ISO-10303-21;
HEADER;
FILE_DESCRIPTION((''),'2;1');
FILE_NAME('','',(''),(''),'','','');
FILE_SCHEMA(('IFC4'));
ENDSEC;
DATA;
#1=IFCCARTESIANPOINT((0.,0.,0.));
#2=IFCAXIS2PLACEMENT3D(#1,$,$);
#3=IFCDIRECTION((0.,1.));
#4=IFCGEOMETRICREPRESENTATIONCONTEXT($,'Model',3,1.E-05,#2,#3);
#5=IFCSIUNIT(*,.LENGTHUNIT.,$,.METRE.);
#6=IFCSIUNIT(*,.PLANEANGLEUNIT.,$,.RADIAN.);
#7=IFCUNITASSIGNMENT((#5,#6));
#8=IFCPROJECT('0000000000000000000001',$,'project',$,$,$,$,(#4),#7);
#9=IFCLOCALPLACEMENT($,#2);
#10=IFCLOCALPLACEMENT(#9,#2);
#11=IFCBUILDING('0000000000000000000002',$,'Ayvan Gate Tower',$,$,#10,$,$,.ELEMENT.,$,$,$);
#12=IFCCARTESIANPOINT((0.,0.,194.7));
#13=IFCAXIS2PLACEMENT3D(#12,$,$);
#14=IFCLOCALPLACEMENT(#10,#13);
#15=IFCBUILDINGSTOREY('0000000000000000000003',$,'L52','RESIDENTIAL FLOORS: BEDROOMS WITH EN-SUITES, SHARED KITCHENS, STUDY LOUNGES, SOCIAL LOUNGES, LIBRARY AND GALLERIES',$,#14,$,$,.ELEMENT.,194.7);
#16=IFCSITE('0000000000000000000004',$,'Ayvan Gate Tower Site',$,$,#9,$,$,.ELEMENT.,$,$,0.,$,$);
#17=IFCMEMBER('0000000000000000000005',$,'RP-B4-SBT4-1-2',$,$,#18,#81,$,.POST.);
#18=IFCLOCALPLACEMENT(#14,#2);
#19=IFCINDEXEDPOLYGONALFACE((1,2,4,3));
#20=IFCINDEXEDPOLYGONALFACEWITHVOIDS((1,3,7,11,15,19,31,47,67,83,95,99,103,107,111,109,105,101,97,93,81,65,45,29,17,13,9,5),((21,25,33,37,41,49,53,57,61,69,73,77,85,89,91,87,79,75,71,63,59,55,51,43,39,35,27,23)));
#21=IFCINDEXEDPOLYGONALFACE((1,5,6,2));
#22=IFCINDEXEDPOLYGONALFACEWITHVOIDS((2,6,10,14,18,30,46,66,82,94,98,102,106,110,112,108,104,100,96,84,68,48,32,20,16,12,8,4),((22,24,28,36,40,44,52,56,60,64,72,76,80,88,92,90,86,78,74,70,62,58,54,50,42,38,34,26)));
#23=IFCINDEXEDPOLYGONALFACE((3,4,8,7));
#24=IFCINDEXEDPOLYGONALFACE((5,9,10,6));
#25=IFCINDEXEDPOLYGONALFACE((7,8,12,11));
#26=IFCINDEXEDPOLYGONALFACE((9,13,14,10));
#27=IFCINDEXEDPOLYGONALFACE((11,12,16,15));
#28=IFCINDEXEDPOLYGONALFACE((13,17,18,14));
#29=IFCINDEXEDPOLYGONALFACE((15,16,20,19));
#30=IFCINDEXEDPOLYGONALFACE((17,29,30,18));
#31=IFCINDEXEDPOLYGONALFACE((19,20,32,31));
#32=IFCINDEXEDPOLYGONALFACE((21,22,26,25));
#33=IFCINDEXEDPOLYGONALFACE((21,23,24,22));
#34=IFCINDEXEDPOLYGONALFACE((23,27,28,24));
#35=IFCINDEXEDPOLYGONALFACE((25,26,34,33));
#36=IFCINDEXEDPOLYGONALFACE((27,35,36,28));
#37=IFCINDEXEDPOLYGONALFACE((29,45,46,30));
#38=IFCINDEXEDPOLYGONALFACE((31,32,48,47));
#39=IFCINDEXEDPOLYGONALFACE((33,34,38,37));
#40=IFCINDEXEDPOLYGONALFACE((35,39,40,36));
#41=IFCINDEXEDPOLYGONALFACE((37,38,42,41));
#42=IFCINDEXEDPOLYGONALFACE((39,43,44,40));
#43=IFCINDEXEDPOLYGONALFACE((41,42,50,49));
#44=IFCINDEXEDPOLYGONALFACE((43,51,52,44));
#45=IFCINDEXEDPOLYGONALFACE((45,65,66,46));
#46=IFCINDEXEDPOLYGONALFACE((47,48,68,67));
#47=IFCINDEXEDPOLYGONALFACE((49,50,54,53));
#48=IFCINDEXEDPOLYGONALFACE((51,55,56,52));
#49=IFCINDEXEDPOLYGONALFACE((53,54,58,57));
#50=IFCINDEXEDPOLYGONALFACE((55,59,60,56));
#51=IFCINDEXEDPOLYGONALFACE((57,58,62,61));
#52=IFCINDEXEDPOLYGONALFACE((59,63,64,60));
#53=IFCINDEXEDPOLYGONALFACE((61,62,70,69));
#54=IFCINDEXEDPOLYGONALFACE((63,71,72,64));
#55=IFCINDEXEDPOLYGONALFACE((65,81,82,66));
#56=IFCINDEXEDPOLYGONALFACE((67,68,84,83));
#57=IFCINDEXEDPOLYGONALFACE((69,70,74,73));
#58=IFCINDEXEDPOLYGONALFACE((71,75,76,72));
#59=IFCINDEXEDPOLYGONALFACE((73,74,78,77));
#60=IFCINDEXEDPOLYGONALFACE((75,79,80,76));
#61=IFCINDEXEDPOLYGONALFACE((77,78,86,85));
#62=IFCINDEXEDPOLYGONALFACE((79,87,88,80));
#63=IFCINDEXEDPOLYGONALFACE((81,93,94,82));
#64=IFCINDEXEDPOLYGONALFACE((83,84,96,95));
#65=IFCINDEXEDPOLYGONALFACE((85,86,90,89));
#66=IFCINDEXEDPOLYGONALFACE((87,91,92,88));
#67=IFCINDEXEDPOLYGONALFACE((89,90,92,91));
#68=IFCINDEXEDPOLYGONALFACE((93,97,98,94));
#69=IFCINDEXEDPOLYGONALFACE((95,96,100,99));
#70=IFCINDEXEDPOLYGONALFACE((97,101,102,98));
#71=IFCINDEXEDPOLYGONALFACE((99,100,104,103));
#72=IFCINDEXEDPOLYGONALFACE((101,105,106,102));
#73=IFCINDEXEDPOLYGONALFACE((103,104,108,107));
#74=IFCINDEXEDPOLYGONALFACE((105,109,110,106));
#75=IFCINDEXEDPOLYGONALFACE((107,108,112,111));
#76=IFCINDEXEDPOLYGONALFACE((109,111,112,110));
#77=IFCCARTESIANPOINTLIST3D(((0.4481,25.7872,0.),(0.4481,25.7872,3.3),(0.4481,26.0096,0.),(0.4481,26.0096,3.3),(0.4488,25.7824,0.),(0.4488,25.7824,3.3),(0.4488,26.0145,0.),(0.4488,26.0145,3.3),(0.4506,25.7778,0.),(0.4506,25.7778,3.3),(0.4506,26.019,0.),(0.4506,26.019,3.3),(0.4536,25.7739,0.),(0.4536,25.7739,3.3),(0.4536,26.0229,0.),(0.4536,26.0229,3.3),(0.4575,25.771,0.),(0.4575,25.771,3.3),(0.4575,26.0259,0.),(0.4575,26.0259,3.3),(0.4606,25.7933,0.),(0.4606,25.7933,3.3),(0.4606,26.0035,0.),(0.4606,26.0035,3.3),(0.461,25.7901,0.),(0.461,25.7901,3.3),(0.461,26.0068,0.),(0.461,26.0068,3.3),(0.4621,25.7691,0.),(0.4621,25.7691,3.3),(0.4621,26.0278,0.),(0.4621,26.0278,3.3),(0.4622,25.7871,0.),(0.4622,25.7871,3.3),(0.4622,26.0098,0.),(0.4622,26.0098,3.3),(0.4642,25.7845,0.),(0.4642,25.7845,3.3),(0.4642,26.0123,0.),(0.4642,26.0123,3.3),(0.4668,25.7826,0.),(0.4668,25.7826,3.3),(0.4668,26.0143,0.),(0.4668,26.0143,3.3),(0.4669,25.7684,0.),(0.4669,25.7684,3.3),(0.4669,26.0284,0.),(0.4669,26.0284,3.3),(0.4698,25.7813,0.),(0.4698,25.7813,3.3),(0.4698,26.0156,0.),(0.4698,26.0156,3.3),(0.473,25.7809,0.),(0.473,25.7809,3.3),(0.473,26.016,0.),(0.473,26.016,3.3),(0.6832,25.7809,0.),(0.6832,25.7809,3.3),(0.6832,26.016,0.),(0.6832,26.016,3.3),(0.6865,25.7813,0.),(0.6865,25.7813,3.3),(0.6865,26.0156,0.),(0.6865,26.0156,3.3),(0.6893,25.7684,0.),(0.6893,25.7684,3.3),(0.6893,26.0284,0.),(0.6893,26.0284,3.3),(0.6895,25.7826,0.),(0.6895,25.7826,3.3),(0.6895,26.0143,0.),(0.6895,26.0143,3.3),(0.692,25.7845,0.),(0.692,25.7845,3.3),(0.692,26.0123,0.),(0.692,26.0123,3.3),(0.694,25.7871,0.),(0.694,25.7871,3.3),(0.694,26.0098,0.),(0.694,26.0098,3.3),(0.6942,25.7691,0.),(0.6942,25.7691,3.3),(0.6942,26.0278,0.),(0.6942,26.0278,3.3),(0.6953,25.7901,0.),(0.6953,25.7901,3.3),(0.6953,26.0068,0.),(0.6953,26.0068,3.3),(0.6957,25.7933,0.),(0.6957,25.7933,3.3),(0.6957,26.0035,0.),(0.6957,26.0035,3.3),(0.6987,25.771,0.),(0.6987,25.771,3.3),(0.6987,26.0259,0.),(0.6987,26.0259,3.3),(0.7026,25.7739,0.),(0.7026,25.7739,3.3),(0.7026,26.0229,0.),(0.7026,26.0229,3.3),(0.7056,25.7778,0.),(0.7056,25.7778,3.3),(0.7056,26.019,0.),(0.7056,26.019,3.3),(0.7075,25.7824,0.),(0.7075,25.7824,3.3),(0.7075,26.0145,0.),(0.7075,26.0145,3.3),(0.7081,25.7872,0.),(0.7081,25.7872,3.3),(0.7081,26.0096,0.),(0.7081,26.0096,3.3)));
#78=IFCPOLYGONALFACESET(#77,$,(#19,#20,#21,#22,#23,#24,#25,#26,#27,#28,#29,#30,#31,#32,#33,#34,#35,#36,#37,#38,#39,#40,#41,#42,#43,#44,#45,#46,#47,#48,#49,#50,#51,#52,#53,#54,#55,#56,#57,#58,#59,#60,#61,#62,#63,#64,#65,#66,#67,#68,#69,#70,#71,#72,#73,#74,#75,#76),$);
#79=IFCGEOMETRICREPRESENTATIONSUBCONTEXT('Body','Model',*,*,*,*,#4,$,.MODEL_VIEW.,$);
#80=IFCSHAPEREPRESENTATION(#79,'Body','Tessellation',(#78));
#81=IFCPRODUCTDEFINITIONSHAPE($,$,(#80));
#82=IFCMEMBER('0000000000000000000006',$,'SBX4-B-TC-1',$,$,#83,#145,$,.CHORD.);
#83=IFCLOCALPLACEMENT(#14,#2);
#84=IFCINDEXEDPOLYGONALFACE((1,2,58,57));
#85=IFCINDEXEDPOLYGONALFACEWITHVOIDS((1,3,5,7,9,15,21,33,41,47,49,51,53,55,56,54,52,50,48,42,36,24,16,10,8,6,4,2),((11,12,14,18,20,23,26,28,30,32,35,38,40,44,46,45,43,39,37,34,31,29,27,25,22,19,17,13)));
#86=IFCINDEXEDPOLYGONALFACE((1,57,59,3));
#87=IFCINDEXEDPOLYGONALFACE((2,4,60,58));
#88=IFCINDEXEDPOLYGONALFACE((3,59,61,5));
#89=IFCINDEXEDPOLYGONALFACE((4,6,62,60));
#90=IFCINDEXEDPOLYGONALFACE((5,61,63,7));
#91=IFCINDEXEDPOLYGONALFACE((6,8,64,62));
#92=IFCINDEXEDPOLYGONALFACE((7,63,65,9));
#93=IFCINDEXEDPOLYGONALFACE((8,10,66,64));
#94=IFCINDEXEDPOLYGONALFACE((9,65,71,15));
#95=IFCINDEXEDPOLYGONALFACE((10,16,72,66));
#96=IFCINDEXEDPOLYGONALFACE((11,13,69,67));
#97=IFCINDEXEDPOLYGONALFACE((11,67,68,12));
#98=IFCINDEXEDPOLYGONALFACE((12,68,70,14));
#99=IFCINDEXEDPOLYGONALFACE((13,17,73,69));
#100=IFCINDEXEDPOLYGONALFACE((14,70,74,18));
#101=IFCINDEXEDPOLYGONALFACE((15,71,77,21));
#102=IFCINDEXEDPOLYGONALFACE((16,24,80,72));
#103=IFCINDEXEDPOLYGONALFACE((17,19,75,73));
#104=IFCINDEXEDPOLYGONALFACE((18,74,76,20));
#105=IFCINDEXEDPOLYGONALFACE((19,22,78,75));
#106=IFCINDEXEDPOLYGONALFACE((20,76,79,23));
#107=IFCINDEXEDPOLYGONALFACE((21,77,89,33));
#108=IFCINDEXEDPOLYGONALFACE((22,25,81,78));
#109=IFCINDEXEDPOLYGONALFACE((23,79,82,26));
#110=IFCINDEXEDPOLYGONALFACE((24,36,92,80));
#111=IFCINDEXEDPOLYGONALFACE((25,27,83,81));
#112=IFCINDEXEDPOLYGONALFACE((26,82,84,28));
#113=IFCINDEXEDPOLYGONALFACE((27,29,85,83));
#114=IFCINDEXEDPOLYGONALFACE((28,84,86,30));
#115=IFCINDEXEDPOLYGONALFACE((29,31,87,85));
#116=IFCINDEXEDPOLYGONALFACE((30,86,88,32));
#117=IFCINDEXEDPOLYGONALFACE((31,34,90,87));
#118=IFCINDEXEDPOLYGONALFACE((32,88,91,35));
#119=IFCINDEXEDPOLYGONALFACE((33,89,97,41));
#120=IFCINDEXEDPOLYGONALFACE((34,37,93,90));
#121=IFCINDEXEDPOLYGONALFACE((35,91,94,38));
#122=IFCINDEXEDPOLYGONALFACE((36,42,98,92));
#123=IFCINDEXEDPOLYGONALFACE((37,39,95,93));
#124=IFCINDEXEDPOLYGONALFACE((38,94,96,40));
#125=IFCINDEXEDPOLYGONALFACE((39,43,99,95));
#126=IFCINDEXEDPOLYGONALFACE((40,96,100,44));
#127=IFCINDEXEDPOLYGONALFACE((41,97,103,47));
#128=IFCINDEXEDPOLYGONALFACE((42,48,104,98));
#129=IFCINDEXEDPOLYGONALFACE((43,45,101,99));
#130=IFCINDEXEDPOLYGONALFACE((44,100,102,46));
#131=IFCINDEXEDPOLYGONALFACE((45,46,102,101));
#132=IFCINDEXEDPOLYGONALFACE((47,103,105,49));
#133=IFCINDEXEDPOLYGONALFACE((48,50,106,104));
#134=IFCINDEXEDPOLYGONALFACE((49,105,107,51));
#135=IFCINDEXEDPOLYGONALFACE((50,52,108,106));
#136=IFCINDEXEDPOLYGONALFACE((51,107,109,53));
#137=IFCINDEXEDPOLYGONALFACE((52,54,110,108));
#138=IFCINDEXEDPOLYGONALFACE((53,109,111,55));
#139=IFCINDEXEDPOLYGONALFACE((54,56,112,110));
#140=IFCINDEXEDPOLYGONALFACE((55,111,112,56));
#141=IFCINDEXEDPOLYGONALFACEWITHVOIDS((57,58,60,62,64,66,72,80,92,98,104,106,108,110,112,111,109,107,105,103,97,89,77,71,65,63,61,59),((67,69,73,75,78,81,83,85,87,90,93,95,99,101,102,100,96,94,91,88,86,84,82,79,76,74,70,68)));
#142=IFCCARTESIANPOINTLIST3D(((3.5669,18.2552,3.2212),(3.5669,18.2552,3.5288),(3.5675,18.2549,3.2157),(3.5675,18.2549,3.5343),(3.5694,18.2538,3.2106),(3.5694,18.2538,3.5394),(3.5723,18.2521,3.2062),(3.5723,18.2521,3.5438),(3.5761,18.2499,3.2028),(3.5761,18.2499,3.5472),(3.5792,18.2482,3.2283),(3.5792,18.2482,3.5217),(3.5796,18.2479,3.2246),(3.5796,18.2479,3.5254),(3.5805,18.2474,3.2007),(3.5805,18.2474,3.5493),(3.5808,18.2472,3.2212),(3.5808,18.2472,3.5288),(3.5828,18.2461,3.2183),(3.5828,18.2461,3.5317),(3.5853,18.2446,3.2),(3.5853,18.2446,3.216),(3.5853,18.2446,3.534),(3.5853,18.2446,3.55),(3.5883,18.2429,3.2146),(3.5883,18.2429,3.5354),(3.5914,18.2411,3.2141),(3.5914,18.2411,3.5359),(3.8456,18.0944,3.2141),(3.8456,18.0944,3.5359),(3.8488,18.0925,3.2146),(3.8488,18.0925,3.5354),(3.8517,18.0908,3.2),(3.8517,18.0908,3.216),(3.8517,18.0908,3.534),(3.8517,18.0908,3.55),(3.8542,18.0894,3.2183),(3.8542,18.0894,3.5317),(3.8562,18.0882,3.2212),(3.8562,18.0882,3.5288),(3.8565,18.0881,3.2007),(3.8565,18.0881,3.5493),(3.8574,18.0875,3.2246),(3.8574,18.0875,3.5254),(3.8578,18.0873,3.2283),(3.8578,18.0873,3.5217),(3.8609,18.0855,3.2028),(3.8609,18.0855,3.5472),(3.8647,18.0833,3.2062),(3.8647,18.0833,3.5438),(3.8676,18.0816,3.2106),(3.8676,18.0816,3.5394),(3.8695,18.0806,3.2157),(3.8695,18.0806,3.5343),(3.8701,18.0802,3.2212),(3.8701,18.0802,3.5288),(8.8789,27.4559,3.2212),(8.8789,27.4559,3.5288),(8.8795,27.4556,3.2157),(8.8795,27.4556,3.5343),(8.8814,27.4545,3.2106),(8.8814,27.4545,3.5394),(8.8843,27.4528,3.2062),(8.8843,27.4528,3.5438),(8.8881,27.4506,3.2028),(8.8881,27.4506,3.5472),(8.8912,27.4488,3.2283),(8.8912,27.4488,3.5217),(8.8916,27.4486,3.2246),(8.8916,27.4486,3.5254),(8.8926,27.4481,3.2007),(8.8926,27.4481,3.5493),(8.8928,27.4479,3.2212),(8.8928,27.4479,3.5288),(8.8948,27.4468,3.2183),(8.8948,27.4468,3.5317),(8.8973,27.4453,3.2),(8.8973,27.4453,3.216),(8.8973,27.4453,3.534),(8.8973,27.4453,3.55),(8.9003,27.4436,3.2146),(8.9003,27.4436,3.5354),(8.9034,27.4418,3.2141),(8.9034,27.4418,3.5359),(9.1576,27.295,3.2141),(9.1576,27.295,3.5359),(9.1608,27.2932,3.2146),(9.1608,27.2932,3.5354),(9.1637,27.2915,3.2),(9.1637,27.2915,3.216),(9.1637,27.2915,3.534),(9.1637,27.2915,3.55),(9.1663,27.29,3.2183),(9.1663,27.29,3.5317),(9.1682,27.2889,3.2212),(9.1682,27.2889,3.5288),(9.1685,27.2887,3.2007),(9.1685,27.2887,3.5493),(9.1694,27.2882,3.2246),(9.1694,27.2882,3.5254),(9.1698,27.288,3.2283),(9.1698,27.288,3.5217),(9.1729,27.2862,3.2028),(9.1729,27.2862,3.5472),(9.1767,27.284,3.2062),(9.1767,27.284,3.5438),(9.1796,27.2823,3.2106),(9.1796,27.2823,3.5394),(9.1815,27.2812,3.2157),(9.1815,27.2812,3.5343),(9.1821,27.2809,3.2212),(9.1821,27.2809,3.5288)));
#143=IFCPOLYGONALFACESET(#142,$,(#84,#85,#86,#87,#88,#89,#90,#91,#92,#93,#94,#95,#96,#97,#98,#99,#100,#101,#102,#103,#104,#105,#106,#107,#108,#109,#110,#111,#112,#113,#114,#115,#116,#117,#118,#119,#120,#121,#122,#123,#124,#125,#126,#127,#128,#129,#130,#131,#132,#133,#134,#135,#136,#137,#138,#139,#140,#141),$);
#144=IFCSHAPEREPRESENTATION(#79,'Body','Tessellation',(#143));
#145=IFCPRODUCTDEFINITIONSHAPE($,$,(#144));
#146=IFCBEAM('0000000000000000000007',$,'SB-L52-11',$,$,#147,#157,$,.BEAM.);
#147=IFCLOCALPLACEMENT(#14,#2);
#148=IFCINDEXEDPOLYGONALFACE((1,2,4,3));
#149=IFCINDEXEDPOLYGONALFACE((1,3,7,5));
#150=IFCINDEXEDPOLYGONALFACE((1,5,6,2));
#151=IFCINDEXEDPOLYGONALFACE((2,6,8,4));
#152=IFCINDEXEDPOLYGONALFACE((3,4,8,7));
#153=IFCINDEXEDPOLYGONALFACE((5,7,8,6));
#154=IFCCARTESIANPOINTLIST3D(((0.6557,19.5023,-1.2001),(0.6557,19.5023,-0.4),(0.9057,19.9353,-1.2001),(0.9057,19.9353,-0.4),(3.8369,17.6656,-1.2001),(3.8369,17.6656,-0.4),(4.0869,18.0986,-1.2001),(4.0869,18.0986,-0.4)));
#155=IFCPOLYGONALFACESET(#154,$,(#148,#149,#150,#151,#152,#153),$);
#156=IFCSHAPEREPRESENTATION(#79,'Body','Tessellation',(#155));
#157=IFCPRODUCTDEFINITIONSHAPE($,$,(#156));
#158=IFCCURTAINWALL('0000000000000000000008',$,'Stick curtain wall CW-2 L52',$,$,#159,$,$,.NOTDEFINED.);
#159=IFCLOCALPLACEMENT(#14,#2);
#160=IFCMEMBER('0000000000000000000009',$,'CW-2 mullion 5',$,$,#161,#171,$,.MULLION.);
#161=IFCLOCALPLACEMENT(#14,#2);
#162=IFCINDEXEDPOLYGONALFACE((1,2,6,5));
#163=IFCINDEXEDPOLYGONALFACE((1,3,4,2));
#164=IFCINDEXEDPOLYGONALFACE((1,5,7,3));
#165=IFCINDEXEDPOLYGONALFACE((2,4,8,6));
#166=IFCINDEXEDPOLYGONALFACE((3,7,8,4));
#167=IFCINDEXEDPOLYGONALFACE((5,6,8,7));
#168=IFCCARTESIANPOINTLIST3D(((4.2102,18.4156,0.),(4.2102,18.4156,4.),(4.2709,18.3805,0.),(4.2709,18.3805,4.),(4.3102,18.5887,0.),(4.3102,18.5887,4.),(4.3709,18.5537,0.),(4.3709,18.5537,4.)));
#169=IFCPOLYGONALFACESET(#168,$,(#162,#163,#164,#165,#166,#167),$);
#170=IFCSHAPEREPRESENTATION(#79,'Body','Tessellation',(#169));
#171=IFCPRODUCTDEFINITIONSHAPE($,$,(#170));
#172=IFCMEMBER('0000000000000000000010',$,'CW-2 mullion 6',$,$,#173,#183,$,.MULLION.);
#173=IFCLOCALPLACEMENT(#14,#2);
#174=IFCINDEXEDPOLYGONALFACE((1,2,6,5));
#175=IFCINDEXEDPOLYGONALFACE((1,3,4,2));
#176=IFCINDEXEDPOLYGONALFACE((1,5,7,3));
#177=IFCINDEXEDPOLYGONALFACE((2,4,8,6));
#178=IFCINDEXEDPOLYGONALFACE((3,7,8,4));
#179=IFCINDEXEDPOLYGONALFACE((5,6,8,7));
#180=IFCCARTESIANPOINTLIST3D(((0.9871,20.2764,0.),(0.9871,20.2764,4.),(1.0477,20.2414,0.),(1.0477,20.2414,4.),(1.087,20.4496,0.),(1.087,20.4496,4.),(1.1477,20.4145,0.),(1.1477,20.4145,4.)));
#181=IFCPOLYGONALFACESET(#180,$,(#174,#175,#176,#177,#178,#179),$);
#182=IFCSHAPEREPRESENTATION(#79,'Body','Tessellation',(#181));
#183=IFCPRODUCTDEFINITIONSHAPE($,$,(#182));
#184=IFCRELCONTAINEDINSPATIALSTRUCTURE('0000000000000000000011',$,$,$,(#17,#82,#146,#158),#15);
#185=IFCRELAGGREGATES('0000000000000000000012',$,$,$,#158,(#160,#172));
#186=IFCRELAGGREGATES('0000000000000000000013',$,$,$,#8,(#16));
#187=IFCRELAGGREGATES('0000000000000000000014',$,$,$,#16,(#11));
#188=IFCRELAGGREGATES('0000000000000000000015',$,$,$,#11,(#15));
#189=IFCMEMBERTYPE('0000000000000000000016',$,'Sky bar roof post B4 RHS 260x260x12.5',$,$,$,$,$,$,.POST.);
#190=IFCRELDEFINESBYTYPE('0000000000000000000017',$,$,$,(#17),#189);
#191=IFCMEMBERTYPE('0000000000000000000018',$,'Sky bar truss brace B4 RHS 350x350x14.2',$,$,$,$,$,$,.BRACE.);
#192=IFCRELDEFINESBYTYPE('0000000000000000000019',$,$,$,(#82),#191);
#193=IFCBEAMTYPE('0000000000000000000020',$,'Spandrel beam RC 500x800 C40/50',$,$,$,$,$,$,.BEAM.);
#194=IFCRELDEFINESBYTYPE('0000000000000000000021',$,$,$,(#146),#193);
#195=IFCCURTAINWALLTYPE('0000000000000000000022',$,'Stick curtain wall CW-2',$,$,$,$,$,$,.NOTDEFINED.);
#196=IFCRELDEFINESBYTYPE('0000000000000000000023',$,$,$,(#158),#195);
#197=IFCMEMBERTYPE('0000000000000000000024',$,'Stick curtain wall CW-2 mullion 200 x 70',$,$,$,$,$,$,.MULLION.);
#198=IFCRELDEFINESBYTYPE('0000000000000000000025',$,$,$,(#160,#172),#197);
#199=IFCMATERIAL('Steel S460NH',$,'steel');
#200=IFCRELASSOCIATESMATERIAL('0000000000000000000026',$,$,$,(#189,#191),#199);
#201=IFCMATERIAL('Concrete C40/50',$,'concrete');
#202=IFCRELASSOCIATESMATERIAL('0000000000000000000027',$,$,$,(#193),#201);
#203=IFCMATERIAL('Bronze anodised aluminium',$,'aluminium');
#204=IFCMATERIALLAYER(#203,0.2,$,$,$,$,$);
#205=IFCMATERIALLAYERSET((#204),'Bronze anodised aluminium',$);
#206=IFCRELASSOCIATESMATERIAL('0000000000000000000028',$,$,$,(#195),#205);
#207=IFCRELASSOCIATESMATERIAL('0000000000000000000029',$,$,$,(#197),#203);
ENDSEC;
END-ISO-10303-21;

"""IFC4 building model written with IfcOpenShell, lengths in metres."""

from ifc_helpers import new_model, si_unit, direction, frame, origin, origin_2d, place, context, subcontext, project, spatial, rectangle, hollow_rectangle, extrude, material, layer, layer_set, material_profile, profile_set, type_object, element, aggregate, save


model = new_model("IFC4")

# Units and contexts
model_context = context("Model", 3, precision=1e-05, world=origin(), true_north=direction((0.0, 1.0)))
body_context = subcontext(model_context, "Body", "Model", "MODEL_VIEW")
ifc_project = project(units=[si_unit("LENGTHUNIT", "METRE"), si_unit("PLANEANGLEUNIT", "RADIAN")], contexts=[model_context])

# Site, building, storey
site_placement = place(None, origin())
site = spatial("IfcSite", under=ifc_project, at=site_placement, Name="Ayvan Gate Tower Site", CompositionType="ELEMENT", RefElevation=0.0)
building_placement = place(site_placement, origin())
building = spatial("IfcBuilding", under=site, at=building_placement, Name="Ayvan Gate Tower", CompositionType="ELEMENT")
storey_placement = place(building_placement, frame((0.0, 0.0, 194.7)))
storey = spatial("IfcBuildingStorey", under=building, at=storey_placement, Name="L52", Description="RESIDENTIAL FLOORS: BEDROOMS WITH EN-SUITES, SHARED KITCHENS, STUDY LOUNGES, SOCIAL LOUNGES, LIBRARY AND GALLERIES", CompositionType="ELEMENT", Elevation=194.7)

# Shared definitions
ifc_material_1 = material(Name="Concrete C40/50", Category="concrete")

# Members
ifc_material_2 = material(Name="Steel S460NH", Category="steel")
ifc_material_profile_1 = material_profile(ifc_material_2, hollow_rectangle(XDim=0.26, YDim=0.26, WallThickness=0.0125, InnerFilletRadius=0.0125, OuterFilletRadius=0.0188, at=origin_2d()), Name="RHS 260x260x12.5")
ifc_profile_set_1 = profile_set([ifc_material_profile_1], Name="Steel S460NH")
member_type_1 = type_object("IfcMemberType", Name="Sky bar roof post B4 RHS 260x260x12.5", PredefinedType="POST", material=ifc_profile_set_1)
for number, where, z_axis, x_axis, name in (
    (1, (0.5781, 25.8984, 0.0), (0.0, 0.0, 1.0), (1.0, 0.0, 0.0), "RP-B4-SBT4-1-2"),
):
    element("IfcMember", number, at=place(storey_placement, frame(where, z_axis=z_axis, x_axis=x_axis)), inside=storey, type_object=member_type_1, Name=name, PredefinedType="POST", context=body_context, shape_type="SweptSolid", body=[
        extrude(hollow_rectangle(XDim=0.26, YDim=0.26, WallThickness=0.0125, InnerFilletRadius=0.0125, OuterFilletRadius=0.0188, at=origin_2d()), origin(), (0.0, 0.0, 1.0), 3.3),
    ])
ifc_material_profile_2 = material_profile(ifc_material_2, hollow_rectangle(XDim=0.3501, YDim=0.3501, WallThickness=0.0142, InnerFilletRadius=0.0142, OuterFilletRadius=0.0212, at=origin_2d()), Name="RHS 350x350x14.2")
ifc_profile_set_2 = profile_set([ifc_material_profile_2], Name="Steel S460NH")
member_type_2 = type_object("IfcMemberType", Name="Sky bar truss brace B4 RHS 350x350x14.2", PredefinedType="BRACE", material=ifc_profile_set_2)
member_1_placement = place(storey_placement, frame((3.7185, 18.1677, 3.375), z_axis=(0.5, 0.866026, 0.0), x_axis=(-0.866026, 0.5, 0.0)))
element("IfcMember", 2, at=member_1_placement, inside=storey, type_object=member_type_2, Name="SBX4-B-TC-1", PredefinedType="CHORD", context=body_context, shape_type="SweptSolid", body=[
    extrude(hollow_rectangle(XDim=0.3501, YDim=0.3501, WallThickness=0.0142, InnerFilletRadius=0.0142, OuterFilletRadius=0.0212, at=origin_2d()), origin(), (0.0, 0.0, 1.0), 10.624),
])

# Beam
ifc_material_profile_3 = material_profile(ifc_material_1, rectangle(XDim=0.5, YDim=0.8, at=origin_2d()), Name="RC 500x800")
ifc_profile_set_3 = profile_set([ifc_material_profile_3], Name="Concrete C40/50")
beam_type_1 = type_object("IfcBeamType", Name="Spandrel beam RC 500x800 C40/50", PredefinedType="BEAM", material=ifc_profile_set_3)
beam_1_placement = place(storey_placement, frame((3.9619, 17.8821, -0.8), z_axis=(-0.866022, 0.500006, 0.0), x_axis=(-0.500006, -0.866022, 0.0)))
element("IfcBeam", 3, at=beam_1_placement, inside=storey, type_object=beam_type_1, Name="SB-L52-11", PredefinedType="BEAM", context=body_context, shape_type="SweptSolid", body=[
    extrude(rectangle(XDim=0.5, YDim=0.8, at=origin_2d()), origin(), (0.0, 0.0, 1.0), 3.6733),
])

# Curtain wall, members
ifc_material_3 = material(Name="Bronze anodised aluminium", Category="aluminium")
ifc_layer_1 = layer(ifc_material_3, 0.2)
ifc_layer_set_1 = layer_set([ifc_layer_1], Name="Bronze anodised aluminium")
curtain_wall_type_1 = type_object("IfcCurtainWallType", Name="Stick curtain wall CW-2", PredefinedType="NOTDEFINED", material=ifc_layer_set_1)
curtain_wall_1_placement = place(storey_placement, origin())
curtain_wall_1 = element("IfcCurtainWall", 4, at=curtain_wall_1_placement, inside=storey, type_object=curtain_wall_type_1, Name="Stick curtain wall CW-2 L52", PredefinedType="NOTDEFINED")
ifc_material_profile_4 = material_profile(ifc_material_3, rectangle(XDim=0.2, YDim=0.0701, at=origin_2d()), Name="Stick curtain wall CW-2 mullion 200 x 70")
ifc_profile_set_4 = profile_set([ifc_material_profile_4], Name="Bronze anodised aluminium")
member_type_3 = type_object("IfcMemberType", Name="Stick curtain wall CW-2 mullion 200 x 70", PredefinedType="MULLION", material=ifc_profile_set_4)
member_2_placement = place(storey_placement, frame((4.2905, 18.4846, 0.0), z_axis=(0.0, 0.0, 1.0), x_axis=(0.5, 0.866025, 0.0)))
member_2 = element("IfcMember", 5, at=member_2_placement, type_object=member_type_3, Name="CW-2 mullion 5", PredefinedType="MULLION", context=body_context, shape_type="SweptSolid", body=[
    extrude(rectangle(XDim=0.2, YDim=0.0701, at=origin_2d()), origin(), (0.0, 0.0, 1.0), 4.0),
])
member_3_placement = place(storey_placement, frame((1.0674, 20.3455, 0.0), z_axis=(0.0, 0.0, 1.0), x_axis=(0.5, 0.866025, 0.0)))
member_3 = element("IfcMember", 6, at=member_3_placement, type_object=member_type_3, Name="CW-2 mullion 6", PredefinedType="MULLION", context=body_context, shape_type="SweptSolid", body=[
    extrude(rectangle(XDim=0.2, YDim=0.0701, at=origin_2d()), origin(), (0.0, 0.0, 1.0), 4.0),
])

aggregate(curtain_wall_1, [member_2, member_3])

save(model, "model.ifc")
